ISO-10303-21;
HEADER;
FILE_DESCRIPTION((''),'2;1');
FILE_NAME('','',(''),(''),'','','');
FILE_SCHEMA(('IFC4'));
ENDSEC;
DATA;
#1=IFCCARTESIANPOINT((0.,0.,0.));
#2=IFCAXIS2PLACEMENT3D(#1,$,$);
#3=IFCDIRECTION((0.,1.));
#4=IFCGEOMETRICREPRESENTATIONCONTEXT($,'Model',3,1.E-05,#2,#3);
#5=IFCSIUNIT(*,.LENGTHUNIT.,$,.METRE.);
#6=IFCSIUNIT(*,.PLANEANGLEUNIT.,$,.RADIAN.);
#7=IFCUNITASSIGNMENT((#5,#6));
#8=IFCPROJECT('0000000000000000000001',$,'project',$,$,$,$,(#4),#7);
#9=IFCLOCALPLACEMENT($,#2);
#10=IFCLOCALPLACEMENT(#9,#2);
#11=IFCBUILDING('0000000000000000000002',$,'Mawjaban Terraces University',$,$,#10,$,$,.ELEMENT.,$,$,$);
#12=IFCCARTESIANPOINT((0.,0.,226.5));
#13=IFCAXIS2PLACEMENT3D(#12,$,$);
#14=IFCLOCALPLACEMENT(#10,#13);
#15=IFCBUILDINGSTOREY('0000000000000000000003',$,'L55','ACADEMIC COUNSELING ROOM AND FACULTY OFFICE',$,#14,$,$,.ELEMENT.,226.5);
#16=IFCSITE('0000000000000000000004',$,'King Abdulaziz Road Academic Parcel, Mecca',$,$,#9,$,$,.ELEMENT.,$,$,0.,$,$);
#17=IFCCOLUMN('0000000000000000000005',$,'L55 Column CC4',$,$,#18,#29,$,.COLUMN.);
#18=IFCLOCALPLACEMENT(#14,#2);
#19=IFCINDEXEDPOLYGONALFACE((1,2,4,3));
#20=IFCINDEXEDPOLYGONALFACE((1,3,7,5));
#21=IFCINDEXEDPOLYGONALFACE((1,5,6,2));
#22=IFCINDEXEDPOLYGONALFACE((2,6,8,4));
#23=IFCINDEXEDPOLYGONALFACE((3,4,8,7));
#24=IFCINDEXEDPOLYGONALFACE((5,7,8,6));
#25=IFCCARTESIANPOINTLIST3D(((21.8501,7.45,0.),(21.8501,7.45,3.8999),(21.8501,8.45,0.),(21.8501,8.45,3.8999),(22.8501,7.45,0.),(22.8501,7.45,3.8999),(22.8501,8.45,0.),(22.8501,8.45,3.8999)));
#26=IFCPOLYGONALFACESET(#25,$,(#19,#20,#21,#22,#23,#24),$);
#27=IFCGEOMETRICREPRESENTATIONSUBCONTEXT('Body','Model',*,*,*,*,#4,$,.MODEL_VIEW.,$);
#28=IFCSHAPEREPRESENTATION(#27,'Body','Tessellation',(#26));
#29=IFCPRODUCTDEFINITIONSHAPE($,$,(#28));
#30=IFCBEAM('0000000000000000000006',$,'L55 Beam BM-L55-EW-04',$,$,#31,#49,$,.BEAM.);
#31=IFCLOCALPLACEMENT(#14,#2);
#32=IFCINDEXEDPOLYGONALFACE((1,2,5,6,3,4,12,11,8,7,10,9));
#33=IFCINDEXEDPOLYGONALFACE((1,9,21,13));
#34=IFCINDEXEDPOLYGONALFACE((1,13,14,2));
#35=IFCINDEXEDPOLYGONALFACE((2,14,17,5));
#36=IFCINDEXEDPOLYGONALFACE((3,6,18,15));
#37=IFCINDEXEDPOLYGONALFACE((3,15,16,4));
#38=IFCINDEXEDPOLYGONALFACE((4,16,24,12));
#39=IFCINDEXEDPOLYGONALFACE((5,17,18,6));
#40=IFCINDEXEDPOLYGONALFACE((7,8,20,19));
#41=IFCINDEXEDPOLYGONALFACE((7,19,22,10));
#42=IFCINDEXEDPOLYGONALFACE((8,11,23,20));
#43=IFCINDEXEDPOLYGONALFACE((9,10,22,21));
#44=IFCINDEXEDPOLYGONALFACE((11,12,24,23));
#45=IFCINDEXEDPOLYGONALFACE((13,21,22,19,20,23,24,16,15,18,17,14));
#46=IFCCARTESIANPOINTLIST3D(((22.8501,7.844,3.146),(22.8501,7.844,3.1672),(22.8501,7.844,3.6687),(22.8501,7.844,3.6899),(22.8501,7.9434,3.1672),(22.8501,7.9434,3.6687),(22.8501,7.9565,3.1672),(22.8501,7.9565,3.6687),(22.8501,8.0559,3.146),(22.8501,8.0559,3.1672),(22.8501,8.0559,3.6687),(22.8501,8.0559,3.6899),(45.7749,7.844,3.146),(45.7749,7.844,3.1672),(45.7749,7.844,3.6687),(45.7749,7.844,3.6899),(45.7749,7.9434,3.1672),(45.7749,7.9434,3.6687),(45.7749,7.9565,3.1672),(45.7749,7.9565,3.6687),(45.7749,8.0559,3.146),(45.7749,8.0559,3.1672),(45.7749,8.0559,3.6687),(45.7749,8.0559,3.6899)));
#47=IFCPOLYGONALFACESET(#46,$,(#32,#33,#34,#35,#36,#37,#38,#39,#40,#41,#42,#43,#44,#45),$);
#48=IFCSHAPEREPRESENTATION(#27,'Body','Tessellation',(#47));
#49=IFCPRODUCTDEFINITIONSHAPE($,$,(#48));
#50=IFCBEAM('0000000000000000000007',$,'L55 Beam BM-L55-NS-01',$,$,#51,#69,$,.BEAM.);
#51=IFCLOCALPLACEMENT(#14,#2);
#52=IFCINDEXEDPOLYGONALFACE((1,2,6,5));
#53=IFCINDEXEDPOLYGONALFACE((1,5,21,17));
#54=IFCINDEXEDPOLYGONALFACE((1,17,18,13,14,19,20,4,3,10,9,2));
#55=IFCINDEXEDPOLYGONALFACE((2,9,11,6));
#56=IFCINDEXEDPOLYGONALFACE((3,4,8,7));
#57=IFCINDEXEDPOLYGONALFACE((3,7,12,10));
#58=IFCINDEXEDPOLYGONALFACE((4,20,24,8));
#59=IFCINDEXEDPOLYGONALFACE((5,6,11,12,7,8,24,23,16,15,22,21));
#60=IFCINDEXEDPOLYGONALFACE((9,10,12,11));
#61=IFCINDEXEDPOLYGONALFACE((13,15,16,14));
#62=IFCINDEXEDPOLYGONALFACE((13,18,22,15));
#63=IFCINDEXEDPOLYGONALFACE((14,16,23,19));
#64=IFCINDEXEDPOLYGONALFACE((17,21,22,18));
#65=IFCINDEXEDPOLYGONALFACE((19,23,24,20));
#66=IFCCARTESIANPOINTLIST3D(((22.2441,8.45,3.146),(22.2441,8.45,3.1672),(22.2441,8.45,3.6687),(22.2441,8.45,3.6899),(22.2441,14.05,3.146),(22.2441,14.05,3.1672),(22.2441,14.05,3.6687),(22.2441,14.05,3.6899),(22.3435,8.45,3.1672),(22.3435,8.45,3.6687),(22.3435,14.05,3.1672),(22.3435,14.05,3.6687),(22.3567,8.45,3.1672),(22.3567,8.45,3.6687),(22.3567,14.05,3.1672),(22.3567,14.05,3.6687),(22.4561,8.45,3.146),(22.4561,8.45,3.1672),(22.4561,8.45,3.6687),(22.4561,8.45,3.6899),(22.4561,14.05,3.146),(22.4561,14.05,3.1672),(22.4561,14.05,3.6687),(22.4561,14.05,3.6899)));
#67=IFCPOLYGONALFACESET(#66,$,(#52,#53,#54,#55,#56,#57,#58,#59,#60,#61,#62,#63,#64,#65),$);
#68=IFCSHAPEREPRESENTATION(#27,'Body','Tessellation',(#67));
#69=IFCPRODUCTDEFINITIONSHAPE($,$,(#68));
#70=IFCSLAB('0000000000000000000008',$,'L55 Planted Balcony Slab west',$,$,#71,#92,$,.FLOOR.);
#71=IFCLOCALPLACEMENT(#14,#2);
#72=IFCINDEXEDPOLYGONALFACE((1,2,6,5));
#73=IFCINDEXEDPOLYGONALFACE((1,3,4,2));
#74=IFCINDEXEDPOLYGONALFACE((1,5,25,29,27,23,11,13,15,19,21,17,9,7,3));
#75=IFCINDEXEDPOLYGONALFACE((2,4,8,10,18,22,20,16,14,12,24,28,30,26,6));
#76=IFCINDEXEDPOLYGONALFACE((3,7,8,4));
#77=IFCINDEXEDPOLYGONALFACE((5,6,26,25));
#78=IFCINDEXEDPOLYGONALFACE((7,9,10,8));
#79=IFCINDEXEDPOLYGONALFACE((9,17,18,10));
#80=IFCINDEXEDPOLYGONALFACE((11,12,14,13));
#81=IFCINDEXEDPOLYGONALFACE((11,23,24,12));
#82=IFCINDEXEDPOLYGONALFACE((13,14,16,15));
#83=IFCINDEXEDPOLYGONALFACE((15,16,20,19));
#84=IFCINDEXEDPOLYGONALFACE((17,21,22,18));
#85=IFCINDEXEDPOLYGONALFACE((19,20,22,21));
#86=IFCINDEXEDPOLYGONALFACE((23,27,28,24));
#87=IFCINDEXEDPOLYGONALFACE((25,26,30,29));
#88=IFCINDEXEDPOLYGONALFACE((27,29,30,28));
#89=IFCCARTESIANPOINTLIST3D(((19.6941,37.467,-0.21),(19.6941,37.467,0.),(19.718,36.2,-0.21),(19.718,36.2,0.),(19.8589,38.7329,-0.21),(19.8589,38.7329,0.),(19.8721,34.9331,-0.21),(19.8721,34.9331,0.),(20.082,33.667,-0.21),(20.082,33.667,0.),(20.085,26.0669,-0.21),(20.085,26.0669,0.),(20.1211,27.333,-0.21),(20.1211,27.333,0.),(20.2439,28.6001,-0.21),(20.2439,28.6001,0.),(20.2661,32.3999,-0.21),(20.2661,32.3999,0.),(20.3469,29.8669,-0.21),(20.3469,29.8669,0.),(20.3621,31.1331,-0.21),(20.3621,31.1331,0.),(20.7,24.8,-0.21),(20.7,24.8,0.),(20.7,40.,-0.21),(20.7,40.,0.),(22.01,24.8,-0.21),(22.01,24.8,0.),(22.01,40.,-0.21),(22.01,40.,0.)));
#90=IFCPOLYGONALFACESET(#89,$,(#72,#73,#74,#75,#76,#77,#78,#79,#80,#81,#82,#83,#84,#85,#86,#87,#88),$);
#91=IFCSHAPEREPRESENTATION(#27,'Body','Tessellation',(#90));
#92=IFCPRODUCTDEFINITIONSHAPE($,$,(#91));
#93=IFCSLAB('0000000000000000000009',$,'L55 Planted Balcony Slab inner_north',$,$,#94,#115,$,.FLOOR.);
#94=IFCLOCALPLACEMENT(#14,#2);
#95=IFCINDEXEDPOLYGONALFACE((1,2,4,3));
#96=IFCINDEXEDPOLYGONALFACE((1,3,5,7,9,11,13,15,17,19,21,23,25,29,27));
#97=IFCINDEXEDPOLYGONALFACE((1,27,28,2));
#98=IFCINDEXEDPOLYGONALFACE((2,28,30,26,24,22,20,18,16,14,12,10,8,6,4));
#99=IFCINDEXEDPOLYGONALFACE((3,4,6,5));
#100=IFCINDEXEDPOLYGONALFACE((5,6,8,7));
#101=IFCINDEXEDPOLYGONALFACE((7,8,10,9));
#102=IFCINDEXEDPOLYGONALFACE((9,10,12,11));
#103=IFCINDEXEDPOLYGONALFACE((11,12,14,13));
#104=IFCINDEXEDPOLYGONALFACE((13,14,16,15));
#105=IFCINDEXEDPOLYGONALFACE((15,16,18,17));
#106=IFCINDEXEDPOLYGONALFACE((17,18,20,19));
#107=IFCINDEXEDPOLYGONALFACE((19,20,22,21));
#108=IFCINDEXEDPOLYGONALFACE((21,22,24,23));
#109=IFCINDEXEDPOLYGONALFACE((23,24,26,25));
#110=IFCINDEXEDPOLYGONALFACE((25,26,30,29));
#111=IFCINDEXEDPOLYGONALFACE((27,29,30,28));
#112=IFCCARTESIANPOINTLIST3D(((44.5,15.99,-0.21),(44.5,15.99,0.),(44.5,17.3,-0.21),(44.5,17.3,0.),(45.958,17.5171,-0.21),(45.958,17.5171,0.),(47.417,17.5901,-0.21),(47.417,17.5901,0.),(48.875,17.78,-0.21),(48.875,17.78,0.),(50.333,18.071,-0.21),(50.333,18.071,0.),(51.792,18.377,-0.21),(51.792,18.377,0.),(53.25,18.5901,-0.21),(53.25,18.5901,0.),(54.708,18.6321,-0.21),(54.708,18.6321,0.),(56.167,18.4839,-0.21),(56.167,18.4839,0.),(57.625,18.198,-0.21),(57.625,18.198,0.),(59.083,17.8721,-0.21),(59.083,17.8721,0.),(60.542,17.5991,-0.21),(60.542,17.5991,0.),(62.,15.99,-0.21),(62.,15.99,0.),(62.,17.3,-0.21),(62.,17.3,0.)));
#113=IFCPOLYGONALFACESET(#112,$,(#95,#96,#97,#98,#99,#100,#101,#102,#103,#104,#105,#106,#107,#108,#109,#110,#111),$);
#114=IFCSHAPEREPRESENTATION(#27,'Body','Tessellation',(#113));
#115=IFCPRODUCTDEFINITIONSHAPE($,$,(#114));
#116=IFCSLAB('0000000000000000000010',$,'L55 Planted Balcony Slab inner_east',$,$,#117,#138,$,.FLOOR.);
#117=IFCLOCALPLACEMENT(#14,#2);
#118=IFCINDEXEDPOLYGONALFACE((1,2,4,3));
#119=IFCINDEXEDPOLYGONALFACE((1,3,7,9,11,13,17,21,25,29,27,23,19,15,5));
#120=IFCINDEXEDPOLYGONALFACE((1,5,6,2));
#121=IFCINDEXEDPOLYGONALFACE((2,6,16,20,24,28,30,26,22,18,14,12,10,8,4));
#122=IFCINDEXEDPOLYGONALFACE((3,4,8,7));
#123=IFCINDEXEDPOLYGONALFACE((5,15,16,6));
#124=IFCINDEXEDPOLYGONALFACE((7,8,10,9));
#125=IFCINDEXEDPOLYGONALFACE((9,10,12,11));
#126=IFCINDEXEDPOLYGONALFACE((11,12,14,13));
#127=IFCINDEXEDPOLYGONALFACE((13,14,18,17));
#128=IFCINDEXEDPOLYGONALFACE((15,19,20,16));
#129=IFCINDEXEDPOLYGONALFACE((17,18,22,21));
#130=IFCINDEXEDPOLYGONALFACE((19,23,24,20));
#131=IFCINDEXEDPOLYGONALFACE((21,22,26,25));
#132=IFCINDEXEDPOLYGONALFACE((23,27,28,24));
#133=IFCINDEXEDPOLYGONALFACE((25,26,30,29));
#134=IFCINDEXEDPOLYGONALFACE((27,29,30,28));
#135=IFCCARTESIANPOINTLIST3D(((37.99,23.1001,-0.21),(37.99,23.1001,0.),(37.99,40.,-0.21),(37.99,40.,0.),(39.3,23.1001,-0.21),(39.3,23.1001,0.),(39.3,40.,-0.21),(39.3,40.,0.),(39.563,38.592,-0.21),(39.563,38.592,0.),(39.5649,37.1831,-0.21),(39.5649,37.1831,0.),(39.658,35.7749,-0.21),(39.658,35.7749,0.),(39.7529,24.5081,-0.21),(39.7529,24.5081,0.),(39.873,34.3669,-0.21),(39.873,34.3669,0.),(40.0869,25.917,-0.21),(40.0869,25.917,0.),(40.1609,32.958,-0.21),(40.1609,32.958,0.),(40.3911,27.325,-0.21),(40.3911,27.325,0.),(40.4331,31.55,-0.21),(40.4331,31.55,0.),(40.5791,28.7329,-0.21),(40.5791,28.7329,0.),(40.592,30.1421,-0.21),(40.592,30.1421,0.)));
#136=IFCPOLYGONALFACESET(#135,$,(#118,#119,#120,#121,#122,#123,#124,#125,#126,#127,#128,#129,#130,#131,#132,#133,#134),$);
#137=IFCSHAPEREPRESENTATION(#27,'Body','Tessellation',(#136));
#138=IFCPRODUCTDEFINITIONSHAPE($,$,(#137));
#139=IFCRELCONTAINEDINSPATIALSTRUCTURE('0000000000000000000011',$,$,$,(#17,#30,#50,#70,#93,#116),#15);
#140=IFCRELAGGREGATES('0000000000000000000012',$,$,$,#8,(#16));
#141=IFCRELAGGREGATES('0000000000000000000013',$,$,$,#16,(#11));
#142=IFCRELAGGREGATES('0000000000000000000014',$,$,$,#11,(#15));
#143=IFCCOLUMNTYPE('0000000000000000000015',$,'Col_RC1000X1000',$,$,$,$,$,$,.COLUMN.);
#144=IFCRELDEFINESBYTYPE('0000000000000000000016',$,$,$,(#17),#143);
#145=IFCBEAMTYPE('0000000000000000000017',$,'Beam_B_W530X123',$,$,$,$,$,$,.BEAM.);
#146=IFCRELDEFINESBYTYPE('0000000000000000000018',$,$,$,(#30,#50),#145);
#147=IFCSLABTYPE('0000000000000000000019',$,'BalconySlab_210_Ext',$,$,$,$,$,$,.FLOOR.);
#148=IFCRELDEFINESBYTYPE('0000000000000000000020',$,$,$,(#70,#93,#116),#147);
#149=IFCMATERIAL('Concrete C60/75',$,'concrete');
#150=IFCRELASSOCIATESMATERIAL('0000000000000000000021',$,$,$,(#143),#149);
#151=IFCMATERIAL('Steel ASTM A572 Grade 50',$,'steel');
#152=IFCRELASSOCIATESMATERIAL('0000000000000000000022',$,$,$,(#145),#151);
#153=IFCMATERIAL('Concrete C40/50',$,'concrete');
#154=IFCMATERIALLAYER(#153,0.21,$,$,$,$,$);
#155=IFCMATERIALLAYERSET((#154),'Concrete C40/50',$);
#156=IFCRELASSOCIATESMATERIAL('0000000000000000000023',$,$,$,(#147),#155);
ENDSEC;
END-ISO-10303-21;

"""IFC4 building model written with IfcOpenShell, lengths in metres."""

from ifc_helpers import new_model, si_unit, direction, frame, origin, origin_2d, place, context, subcontext, project, spatial, polyline, rectangle, i_section, outline, extrude, material, layer, layer_set, material_profile, profile_set, type_object, element, save


model = new_model("IFC4")

# Units and contexts
model_context = context("Model", 3, precision=1e-05, world=origin(), true_north=direction((0.0, 1.0)))
body_context = subcontext(model_context, "Body", "Model", "MODEL_VIEW")
ifc_project = project(units=[si_unit("LENGTHUNIT", "METRE"), si_unit("PLANEANGLEUNIT", "RADIAN")], contexts=[model_context])

# Site, building, storey
site_placement = place(None, origin())
site = spatial("IfcSite", under=ifc_project, at=site_placement, Name="King Abdulaziz Road Academic Parcel, Mecca", CompositionType="ELEMENT", RefElevation=0.0)
building_placement = place(site_placement, origin())
building = spatial("IfcBuilding", under=site, at=building_placement, Name="Mawjaban Terraces University", CompositionType="ELEMENT")
storey_placement = place(building_placement, frame((0.0, 0.0, 226.5)))
storey = spatial("IfcBuildingStorey", under=building, at=storey_placement, Name="L55", Description="ACADEMIC COUNSELING ROOM AND FACULTY OFFICE", CompositionType="ELEMENT", Elevation=226.5)

# Column
ifc_material_1 = material(Name="Concrete C60/75", Category="concrete")
ifc_material_profile_1 = material_profile(ifc_material_1, rectangle(XDim=1.0, YDim=1.0, at=origin_2d()), Name="RC1000X1000")
ifc_profile_set_1 = profile_set([ifc_material_profile_1], Name="Concrete C60/75")
column_type = type_object("IfcColumnType", Name="Col_RC1000X1000", PredefinedType="COLUMN", material=ifc_profile_set_1)
column_placement = place(storey_placement, frame((22.3501, 7.95, 0.0), z_axis=(0.0, 0.0, 1.0), x_axis=(1.0, 0.0, 0.0)))
element("IfcColumn", 1, at=column_placement, inside=storey, type_object=column_type, Name="L55 Column CC4", PredefinedType="COLUMN", context=body_context, shape_type="SweptSolid", body=[
    extrude(rectangle(XDim=1.0, YDim=1.0, at=origin_2d()), origin(), (0.0, 0.0, 1.0), 3.8999),
])

# Beams
ifc_material_2 = material(Name="Steel ASTM A572 Grade 50", Category="steel")
ifc_material_profile_2 = material_profile(ifc_material_2, i_section(OverallWidth=0.2119, OverallDepth=0.5439, WebThickness=0.0132, FlangeThickness=0.0212, at=origin_2d()), Name="W530X123")
ifc_profile_set_2 = profile_set([ifc_material_profile_2], Name="Steel ASTM A572 Grade 50")
beam_type = type_object("IfcBeamType", Name="Beam_B_W530X123", PredefinedType="BEAM", material=ifc_profile_set_2)
beam_1_placement = place(storey_placement, frame((22.8501, 7.95, 3.418), z_axis=(1.0, 0.0, 0.0), x_axis=(0.0, 1.0, 0.0)))
element("IfcBeam", 2, at=beam_1_placement, inside=storey, type_object=beam_type, Name="L55 Beam BM-L55-EW-04", PredefinedType="BEAM", context=body_context, shape_type="SweptSolid", body=[
    extrude(i_section(OverallWidth=0.2119, OverallDepth=0.5439, WebThickness=0.0132, FlangeThickness=0.0212, at=origin_2d()), origin(), (0.0, 0.0, 1.0), 22.9248),
])
beam_2_placement = place(storey_placement, frame((22.3501, 8.45, 3.418), z_axis=(0.0, 1.0, 0.0), x_axis=(-1.0, 0.0, 0.0)))
element("IfcBeam", 3, at=beam_2_placement, inside=storey, type_object=beam_type, Name="L55 Beam BM-L55-NS-01", PredefinedType="BEAM", context=body_context, shape_type="SweptSolid", body=[
    extrude(i_section(OverallWidth=0.2119, OverallDepth=0.5439, WebThickness=0.0132, FlangeThickness=0.0212, at=origin_2d()), origin(), (0.0, 0.0, 1.0), 5.6001),
])

# Slabs
ifc_material_3 = material(Name="Concrete C40/50", Category="concrete")
ifc_layer_1 = layer(ifc_material_3, 0.21)
ifc_layer_set_1 = layer_set([ifc_layer_1], Name="Concrete C40/50")
slab_type_1 = type_object("IfcSlabType", Name="BalconySlab_210_Ext", PredefinedType="FLOOR", material=ifc_layer_set_1)
slab_1_placement = place(storey_placement, frame((0.0, 0.0, -0.21)))
element("IfcSlab", 4, at=slab_1_placement, inside=storey, type_object=slab_type_1, Name="L55 Planted Balcony Slab west", PredefinedType="FLOOR", context=body_context, shape_type="SweptSolid", body=[
    extrude(outline(polyline([(22.01, 24.8), (22.01, 40.0), (20.7, 40.0), (19.8589, 38.7329), (19.6941, 37.467), (19.718, 36.2), (19.8721, 34.9331), (20.082, 33.667), (20.2661, 32.3999), (20.3621, 31.1331), (20.3469, 29.8669), (20.2439, 28.6001), (20.1211, 27.333), (20.085, 26.0669), (20.7, 24.8), (22.01, 24.8)])), origin(), (0.0, 0.0, 1.0), 0.21),
])
slab_2_placement = place(storey_placement, frame((0.0, 0.0, -0.21)))
element("IfcSlab", 5, at=slab_2_placement, inside=storey, type_object=slab_type_1, Name="L55 Planted Balcony Slab inner_north", PredefinedType="FLOOR", context=body_context, shape_type="SweptSolid", body=[
    extrude(outline(polyline([(44.5, 15.99), (62.0, 15.99), (62.0, 17.3), (60.542, 17.5991), (59.083, 17.8721), (57.625, 18.198), (56.167, 18.4839), (54.708, 18.6321), (53.25, 18.5901), (51.792, 18.377), (50.333, 18.071), (48.875, 17.78), (47.417, 17.5901), (45.958, 17.5171), (44.5, 17.3), (44.5, 15.99)])), origin(), (0.0, 0.0, 1.0), 0.21),
])
slab_3_placement = place(storey_placement, frame((0.0, 0.0, -0.21)))
element("IfcSlab", 6, at=slab_3_placement, inside=storey, type_object=slab_type_1, Name="L55 Planted Balcony Slab inner_east", PredefinedType="FLOOR", context=body_context, shape_type="SweptSolid", body=[
    extrude(outline(polyline([(39.3, 23.1001), (39.7529, 24.5081), (40.0869, 25.917), (40.3911, 27.325), (40.5791, 28.7329), (40.592, 30.1421), (40.4331, 31.55), (40.1609, 32.958), (39.873, 34.3669), (39.658, 35.7749), (39.5649, 37.1831), (39.563, 38.592), (39.3, 40.0), (37.99, 40.0), (37.99, 23.1001), (39.3, 23.1001)])), origin(), (0.0, 0.0, 1.0), 0.21),
])

save(model, "model.ifc")
